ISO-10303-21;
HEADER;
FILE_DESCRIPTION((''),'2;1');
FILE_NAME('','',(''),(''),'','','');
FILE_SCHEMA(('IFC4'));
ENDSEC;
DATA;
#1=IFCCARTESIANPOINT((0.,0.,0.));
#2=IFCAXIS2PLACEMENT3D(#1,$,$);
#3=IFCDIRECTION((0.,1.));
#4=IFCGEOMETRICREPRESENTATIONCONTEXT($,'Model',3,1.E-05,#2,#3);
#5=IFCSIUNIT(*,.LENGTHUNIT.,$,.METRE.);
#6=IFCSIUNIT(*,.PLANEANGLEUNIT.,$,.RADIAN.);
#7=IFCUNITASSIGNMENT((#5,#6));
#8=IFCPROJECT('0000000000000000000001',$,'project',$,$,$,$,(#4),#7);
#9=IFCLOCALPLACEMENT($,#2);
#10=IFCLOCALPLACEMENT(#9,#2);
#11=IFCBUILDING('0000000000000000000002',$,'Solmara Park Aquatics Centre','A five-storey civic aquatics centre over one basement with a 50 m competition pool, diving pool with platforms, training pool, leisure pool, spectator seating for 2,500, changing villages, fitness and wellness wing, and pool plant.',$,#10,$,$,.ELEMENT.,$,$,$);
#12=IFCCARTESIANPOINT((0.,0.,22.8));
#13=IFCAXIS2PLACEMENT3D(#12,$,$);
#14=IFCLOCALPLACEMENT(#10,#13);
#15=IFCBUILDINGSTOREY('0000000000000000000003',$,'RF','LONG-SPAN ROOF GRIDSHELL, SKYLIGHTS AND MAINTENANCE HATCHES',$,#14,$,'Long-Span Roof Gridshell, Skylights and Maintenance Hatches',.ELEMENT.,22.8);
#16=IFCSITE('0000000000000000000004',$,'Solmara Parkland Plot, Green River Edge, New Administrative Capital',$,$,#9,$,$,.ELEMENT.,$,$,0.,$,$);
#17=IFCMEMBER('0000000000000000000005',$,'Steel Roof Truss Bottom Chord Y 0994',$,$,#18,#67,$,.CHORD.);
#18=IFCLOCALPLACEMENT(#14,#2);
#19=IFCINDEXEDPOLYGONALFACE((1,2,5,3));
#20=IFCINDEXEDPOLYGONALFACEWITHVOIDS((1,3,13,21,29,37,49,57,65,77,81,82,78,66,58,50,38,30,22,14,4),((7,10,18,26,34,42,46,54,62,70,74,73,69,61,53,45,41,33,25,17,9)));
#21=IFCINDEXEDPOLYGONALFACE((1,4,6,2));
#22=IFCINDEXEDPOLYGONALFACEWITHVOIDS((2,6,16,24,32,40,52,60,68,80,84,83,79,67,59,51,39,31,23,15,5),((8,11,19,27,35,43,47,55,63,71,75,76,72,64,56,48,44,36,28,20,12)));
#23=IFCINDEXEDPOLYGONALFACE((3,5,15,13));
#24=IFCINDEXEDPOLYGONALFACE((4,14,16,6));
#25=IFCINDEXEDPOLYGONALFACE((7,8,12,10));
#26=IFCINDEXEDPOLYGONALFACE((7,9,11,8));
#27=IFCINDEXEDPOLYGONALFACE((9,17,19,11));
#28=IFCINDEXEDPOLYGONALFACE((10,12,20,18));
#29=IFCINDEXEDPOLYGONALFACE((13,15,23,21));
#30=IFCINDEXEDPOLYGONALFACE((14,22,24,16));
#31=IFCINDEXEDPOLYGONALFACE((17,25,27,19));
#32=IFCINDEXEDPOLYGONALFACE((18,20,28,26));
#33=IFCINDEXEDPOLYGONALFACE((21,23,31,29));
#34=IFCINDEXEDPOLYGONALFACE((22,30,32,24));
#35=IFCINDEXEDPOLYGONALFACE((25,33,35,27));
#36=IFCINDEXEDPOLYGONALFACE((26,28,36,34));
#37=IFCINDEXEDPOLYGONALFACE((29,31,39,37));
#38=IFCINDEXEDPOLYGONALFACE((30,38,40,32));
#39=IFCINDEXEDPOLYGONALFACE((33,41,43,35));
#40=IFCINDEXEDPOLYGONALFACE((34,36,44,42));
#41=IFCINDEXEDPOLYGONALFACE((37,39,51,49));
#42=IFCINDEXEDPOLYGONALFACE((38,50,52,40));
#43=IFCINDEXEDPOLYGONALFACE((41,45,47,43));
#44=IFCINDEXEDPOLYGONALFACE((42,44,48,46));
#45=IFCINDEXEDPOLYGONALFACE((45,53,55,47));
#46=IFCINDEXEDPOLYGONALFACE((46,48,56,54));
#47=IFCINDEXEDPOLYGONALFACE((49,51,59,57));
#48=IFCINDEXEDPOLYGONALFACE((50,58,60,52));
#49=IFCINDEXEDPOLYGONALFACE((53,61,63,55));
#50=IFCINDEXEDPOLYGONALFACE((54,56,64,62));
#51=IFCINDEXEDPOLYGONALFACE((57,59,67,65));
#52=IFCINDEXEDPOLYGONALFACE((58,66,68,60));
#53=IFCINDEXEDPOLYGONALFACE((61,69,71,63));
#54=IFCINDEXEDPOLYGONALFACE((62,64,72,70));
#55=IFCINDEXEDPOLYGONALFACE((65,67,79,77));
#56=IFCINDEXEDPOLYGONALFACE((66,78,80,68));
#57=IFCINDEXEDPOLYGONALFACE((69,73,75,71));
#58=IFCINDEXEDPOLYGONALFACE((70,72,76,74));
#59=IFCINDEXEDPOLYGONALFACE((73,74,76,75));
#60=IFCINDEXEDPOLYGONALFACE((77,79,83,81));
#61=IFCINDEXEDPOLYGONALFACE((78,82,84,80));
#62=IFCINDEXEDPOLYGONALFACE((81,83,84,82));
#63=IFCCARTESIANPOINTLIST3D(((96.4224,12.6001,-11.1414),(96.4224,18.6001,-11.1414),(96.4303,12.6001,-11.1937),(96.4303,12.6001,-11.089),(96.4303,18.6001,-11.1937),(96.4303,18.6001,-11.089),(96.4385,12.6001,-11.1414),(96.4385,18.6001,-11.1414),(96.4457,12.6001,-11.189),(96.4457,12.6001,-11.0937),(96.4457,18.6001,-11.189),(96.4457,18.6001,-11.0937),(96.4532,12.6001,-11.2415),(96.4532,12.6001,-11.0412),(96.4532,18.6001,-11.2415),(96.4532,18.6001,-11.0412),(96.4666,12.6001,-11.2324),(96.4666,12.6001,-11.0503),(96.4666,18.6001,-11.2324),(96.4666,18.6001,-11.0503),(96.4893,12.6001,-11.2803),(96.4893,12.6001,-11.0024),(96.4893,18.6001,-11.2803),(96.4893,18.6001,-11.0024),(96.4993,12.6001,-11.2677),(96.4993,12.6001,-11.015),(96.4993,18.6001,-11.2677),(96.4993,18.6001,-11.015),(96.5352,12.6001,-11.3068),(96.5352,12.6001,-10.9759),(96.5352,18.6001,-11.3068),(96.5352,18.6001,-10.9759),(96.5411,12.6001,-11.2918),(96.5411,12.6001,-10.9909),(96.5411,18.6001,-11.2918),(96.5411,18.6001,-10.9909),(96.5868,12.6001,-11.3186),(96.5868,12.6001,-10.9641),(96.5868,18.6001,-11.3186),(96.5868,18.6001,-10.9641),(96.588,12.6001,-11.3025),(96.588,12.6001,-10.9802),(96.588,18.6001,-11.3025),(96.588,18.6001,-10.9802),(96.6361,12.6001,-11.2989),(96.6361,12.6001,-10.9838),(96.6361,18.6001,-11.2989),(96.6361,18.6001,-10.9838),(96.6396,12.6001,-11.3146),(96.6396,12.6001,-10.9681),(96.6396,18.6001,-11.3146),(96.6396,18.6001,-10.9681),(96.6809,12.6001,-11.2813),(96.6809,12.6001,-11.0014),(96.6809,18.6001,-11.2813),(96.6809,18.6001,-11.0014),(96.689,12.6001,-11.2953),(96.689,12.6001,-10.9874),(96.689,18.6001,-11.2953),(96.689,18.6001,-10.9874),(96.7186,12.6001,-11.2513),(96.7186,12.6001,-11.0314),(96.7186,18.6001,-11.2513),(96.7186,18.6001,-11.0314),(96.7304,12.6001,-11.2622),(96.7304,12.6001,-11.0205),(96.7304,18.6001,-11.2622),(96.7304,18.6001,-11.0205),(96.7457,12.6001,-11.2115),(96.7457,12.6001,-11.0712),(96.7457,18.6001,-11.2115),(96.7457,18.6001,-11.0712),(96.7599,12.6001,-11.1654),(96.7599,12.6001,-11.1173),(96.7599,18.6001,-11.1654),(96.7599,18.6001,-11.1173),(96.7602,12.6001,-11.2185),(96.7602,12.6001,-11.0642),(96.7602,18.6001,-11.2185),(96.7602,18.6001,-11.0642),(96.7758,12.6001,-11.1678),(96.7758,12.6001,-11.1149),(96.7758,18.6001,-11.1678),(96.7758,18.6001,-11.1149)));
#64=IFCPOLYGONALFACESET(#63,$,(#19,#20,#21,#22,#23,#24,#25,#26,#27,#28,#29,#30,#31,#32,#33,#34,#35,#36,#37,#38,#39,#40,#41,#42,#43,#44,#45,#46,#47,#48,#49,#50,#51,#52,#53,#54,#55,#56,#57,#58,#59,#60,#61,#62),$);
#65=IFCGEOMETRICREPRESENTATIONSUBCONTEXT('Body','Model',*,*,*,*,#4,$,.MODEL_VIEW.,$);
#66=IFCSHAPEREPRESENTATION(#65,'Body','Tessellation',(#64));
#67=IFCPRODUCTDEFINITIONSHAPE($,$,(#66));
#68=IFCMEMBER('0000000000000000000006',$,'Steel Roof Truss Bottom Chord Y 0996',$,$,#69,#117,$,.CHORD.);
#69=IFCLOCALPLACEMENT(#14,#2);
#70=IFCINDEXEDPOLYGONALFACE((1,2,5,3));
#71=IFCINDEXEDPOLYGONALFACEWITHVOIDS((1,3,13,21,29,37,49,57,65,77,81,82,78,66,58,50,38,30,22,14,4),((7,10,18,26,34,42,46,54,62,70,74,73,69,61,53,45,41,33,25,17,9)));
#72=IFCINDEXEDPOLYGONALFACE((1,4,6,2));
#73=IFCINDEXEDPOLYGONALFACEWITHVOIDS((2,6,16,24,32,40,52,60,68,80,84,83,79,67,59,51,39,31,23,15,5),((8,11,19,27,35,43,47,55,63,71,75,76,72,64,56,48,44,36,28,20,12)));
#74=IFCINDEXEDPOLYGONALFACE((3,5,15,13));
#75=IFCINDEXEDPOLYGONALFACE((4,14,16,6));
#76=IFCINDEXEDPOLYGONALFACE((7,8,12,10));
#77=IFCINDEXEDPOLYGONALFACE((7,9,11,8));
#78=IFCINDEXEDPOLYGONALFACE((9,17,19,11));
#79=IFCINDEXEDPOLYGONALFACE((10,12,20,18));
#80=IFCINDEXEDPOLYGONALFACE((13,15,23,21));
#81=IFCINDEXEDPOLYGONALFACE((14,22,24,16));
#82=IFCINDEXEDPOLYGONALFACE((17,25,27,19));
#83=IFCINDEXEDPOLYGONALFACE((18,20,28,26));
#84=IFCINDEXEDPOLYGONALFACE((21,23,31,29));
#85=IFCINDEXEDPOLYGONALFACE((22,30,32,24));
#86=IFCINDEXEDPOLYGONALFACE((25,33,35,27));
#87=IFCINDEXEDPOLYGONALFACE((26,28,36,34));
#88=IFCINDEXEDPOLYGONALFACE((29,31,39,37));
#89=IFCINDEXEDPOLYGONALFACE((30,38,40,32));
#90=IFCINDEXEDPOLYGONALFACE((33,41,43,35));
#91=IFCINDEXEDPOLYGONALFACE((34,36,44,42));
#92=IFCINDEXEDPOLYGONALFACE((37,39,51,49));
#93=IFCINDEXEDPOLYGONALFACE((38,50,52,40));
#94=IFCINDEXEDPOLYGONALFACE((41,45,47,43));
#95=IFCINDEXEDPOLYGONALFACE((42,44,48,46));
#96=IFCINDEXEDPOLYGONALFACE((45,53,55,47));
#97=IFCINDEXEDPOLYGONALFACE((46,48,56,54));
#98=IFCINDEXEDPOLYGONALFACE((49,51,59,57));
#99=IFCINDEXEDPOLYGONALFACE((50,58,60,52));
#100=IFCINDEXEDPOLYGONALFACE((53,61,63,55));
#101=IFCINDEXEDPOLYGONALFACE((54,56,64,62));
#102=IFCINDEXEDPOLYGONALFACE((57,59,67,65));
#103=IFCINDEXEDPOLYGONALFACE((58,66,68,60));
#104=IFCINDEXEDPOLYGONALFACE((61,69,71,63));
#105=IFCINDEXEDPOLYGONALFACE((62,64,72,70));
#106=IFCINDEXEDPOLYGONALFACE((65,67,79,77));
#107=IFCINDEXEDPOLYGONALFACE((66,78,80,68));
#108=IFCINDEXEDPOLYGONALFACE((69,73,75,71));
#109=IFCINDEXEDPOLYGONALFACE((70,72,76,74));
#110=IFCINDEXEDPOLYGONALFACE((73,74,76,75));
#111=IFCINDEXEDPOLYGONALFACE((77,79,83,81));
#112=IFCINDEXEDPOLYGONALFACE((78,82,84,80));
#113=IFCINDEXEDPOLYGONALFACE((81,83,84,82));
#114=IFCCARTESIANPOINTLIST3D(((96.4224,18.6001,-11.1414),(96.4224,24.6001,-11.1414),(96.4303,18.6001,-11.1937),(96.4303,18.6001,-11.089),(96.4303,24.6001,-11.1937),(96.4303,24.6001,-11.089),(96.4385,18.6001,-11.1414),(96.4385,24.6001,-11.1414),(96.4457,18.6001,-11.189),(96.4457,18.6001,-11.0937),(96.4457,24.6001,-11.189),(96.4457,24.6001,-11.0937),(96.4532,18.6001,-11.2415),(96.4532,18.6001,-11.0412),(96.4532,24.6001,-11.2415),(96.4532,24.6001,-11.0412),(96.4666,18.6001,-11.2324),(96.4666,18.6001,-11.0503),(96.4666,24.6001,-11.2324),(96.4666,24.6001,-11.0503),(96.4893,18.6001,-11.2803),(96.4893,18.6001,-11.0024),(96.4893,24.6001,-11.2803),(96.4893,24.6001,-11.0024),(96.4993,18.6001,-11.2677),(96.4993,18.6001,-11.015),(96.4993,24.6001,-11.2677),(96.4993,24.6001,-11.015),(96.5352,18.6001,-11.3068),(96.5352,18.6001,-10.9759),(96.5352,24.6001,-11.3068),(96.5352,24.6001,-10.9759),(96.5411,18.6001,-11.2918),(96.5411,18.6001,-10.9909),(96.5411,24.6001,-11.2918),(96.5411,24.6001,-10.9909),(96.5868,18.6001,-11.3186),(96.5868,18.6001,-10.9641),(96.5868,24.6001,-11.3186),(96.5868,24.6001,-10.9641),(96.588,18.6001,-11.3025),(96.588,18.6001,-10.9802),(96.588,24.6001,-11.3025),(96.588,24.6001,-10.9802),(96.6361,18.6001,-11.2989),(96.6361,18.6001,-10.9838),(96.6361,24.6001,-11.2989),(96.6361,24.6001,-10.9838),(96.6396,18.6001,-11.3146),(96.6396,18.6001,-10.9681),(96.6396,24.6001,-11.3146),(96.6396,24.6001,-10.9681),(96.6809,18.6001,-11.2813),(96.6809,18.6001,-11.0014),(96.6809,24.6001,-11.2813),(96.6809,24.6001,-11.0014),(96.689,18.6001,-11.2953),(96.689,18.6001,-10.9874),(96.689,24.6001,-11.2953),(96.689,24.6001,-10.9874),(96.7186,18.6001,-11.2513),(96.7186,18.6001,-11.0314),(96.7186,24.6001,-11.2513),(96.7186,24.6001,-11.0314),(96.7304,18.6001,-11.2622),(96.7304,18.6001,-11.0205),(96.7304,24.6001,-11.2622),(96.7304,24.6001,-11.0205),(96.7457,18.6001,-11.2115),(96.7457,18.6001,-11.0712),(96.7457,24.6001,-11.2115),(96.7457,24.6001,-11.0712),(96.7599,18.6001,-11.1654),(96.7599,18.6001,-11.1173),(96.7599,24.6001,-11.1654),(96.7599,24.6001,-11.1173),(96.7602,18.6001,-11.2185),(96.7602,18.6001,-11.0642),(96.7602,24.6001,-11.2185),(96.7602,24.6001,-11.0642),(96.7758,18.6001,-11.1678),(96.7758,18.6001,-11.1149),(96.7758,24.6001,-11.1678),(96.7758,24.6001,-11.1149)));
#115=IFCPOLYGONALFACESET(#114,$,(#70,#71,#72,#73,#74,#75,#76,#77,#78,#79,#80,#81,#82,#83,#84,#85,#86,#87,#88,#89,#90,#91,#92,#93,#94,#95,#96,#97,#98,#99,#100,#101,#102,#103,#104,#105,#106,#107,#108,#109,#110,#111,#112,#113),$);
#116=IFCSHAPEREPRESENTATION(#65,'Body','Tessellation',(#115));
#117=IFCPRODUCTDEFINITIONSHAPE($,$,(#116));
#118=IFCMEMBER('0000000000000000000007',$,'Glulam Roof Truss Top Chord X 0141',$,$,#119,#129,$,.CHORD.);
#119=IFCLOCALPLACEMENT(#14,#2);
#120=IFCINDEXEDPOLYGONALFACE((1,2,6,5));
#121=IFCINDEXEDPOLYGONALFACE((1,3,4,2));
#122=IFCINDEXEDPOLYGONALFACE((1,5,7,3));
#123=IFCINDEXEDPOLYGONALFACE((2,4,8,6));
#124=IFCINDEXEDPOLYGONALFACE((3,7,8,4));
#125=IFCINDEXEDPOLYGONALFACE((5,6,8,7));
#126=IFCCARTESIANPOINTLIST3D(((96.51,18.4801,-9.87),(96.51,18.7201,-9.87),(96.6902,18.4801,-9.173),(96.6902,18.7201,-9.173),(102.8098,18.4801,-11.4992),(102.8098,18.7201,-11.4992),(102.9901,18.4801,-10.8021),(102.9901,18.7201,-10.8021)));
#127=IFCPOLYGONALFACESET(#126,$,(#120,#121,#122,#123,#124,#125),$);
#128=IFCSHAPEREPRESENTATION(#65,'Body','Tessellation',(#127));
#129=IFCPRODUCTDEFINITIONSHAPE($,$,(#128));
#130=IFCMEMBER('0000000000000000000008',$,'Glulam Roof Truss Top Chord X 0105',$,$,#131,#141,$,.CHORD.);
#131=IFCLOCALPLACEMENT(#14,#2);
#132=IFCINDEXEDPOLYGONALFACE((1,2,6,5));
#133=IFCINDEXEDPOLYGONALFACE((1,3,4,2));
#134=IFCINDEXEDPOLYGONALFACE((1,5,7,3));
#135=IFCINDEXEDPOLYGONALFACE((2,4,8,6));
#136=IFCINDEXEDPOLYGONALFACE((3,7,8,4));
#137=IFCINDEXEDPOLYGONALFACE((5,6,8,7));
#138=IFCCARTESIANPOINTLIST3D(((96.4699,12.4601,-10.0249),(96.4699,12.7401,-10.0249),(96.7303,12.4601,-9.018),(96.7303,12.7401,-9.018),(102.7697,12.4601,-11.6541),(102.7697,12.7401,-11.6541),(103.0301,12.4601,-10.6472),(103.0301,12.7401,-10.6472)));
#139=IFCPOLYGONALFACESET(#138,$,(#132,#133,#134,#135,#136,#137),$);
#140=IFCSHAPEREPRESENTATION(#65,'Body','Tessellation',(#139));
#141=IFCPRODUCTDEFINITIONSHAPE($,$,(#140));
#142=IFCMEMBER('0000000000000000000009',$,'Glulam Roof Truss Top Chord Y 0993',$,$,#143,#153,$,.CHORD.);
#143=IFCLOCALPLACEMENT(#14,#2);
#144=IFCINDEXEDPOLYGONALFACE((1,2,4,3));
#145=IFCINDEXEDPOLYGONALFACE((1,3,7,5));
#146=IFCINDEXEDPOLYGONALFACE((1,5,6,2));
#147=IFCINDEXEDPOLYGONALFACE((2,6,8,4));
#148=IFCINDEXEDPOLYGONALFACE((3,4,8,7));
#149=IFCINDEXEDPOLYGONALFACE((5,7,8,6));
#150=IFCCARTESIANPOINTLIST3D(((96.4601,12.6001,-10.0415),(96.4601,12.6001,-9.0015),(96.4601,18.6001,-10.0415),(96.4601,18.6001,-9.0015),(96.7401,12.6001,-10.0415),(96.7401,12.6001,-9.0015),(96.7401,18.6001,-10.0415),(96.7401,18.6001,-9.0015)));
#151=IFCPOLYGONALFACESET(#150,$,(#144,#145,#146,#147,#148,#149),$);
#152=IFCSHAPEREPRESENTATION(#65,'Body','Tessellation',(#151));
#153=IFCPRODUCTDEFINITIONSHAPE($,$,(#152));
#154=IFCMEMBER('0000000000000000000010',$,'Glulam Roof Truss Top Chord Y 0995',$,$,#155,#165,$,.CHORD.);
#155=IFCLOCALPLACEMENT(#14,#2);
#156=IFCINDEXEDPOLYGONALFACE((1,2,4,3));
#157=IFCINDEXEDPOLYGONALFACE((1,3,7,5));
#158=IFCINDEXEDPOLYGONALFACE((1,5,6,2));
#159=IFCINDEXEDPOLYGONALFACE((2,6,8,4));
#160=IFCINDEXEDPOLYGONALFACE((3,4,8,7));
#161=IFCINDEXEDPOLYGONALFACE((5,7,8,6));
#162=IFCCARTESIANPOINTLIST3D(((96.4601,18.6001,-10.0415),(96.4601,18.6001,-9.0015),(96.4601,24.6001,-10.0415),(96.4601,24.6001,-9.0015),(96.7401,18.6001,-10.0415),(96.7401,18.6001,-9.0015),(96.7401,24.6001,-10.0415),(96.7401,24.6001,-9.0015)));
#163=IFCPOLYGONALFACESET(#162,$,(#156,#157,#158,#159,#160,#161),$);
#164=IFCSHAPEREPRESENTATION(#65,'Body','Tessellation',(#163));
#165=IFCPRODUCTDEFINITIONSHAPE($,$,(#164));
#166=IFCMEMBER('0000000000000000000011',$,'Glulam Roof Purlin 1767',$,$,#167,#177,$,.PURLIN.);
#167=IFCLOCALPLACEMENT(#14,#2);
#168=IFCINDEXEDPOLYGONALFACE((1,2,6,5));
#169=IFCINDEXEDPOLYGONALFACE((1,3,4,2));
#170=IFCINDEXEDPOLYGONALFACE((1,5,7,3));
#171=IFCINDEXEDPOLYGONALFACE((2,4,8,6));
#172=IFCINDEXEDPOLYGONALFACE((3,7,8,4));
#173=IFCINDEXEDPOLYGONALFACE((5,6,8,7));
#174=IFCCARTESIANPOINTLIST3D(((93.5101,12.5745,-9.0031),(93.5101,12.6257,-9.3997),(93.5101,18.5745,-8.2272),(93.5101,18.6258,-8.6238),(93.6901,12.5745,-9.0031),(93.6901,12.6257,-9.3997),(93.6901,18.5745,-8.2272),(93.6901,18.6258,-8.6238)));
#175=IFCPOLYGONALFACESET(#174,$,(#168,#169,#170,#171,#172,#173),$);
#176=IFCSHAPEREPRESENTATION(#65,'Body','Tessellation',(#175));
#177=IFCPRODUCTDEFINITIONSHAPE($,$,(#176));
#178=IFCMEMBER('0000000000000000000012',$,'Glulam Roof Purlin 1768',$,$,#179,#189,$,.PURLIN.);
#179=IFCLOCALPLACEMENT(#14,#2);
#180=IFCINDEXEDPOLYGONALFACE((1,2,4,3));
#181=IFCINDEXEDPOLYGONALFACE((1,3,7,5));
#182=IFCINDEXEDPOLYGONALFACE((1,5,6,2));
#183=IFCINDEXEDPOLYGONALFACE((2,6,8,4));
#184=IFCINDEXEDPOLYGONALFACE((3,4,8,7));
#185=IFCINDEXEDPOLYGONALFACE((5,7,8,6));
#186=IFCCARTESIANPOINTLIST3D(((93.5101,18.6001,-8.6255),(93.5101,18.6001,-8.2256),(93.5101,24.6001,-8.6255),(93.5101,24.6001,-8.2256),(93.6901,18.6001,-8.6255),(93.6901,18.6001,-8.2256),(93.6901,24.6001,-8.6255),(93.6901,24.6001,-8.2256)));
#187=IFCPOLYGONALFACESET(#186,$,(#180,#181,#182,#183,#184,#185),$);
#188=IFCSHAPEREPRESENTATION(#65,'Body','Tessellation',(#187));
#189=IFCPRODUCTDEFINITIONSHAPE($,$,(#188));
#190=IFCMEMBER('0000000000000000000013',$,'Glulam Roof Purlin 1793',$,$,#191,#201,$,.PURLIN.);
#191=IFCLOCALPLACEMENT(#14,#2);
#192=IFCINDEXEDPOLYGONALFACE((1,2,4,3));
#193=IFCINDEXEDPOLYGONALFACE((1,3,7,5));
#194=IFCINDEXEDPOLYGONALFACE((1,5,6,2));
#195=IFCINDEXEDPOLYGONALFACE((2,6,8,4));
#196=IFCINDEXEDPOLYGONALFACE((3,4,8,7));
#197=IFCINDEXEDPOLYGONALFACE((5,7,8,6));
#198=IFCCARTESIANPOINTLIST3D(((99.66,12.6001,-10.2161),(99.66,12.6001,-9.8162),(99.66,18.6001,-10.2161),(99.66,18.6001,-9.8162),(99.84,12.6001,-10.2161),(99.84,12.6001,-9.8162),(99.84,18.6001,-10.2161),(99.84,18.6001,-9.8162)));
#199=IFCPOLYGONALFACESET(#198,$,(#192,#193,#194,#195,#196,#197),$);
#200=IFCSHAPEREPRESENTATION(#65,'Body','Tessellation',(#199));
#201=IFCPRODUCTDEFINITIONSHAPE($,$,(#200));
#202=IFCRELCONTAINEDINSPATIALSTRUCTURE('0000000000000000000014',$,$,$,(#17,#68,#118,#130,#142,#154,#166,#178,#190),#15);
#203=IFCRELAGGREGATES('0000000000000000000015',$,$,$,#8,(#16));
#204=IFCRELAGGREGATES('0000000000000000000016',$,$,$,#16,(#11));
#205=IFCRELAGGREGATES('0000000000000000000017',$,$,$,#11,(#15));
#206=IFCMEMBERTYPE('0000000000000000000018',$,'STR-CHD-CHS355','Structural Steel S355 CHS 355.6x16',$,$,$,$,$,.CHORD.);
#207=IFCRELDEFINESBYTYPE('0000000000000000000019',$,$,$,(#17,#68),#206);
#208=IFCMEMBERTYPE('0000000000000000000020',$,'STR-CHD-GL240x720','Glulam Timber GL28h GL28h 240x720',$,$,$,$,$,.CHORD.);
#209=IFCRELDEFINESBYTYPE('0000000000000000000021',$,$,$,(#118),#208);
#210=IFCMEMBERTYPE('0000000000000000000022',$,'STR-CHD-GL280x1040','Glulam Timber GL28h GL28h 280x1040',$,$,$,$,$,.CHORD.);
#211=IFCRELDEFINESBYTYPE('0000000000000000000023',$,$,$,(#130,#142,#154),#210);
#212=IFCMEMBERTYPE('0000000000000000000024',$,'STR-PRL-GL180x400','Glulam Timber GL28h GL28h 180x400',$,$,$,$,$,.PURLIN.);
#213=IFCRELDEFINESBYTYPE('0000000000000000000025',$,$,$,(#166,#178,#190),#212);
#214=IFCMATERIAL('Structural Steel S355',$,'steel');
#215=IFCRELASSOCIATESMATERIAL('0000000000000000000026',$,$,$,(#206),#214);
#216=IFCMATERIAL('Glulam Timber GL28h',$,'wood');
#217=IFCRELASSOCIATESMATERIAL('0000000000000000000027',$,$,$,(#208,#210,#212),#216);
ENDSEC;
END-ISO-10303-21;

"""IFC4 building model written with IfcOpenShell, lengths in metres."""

from ifc_helpers import new_model, si_unit, direction, frame, origin, origin_2d, place, context, subcontext, project, spatial, rectangle, hollow_circle, extrude, material, material_profile, profile_set, type_object, element, save


model = new_model("IFC4")

# Units and contexts
model_context = context("Model", 3, precision=1e-05, world=origin(), true_north=direction((0.0, 1.0)))
body_context = subcontext(model_context, "Body", "Model", "MODEL_VIEW")
ifc_project = project(units=[si_unit("LENGTHUNIT", "METRE"), si_unit("PLANEANGLEUNIT", "RADIAN")], contexts=[model_context])

# Site, building, storey
site_placement = place(None, origin())
site = spatial("IfcSite", under=ifc_project, at=site_placement, Name="Solmara Parkland Plot, Green River Edge, New Administrative Capital", CompositionType="ELEMENT", RefElevation=0.0)
building_placement = place(site_placement, origin())
building = spatial("IfcBuilding", under=site, at=building_placement, Name="Solmara Park Aquatics Centre", Description="A five-storey civic aquatics centre over one basement with a 50 m competition pool, diving pool with platforms, training pool, leisure pool, spectator seating for 2,500, changing villages, fitness and wellness wing, and pool plant.", CompositionType="ELEMENT")
storey_placement = place(building_placement, frame((0.0, 0.0, 22.8)))
storey = spatial("IfcBuildingStorey", under=building, at=storey_placement, Name="RF", Description="LONG-SPAN ROOF GRIDSHELL, SKYLIGHTS AND MAINTENANCE HATCHES", LongName="Long-Span Roof Gridshell, Skylights and Maintenance Hatches", CompositionType="ELEMENT", Elevation=22.8)

# Members
ifc_material_1 = material(Name="Structural Steel S355", Category="steel")
ifc_material_profile_1 = material_profile(ifc_material_1, hollow_circle(Radius=0.1777, WallThickness=0.0161, at=origin_2d()), Name="CHS 355.6x16")
ifc_profile_set_1 = profile_set([ifc_material_profile_1], Name="Structural Steel S355")
member_type_1 = type_object("IfcMemberType", Name="STR-CHD-CHS355", Description="Structural Steel S355 CHS 355.6x16", PredefinedType="CHORD", material=ifc_profile_set_1)
for number, where, z_axis, x_axis, name in (
    (1, (96.6001, 12.6001, -11.1414), (0.0, 1.0, 0.0), (-1.0, 0.0, 0.0), "Steel Roof Truss Bottom Chord Y 0994"),
    (2, (96.6001, 18.6001, -11.1414), (0.0, 1.0, 0.0), (-1.0, 0.0, 0.0), "Steel Roof Truss Bottom Chord Y 0996"),
):
    element("IfcMember", number, at=place(storey_placement, frame(where, z_axis=z_axis, x_axis=x_axis)), inside=storey, type_object=member_type_1, Name=name, PredefinedType="CHORD", context=body_context, shape_type="SweptSolid", body=[
        extrude(hollow_circle(Radius=0.1777, WallThickness=0.0161, at=origin_2d()), origin(), (0.0, 0.0, 1.0), 6.0),
    ])
ifc_material_2 = material(Name="Glulam Timber GL28h", Category="wood")
ifc_material_profile_2 = material_profile(ifc_material_2, rectangle(XDim=0.24, YDim=0.72, at=origin_2d()), Name="GL28h 240x720")
ifc_profile_set_2 = profile_set([ifc_material_profile_2], Name="Glulam Timber GL28h")
member_type_2 = type_object("IfcMemberType", Name="STR-CHD-GL240x720", Description="Glulam Timber GL28h GL28h 240x720", PredefinedType="CHORD", material=ifc_profile_set_2)
member_1_placement = place(storey_placement, frame((96.6001, 18.6001, -9.5215), z_axis=(0.968151, 0.0, -0.250367), x_axis=(0.0, 1.0, 0.0)))
element("IfcMember", 3, at=member_1_placement, inside=storey, type_object=member_type_2, Name="Glulam Roof Truss Top Chord X 0141", PredefinedType="CHORD", context=body_context, shape_type="SweptSolid", body=[
    extrude(rectangle(XDim=0.24, YDim=0.72, at=origin_2d()), origin(), (0.0, 0.0, 1.0), 6.5071),
])
ifc_material_profile_3 = material_profile(ifc_material_2, rectangle(XDim=0.28, YDim=1.04, at=origin_2d()), Name="GL28h 280x1040")
ifc_profile_set_3 = profile_set([ifc_material_profile_3], Name="Glulam Timber GL28h")
member_type_3 = type_object("IfcMemberType", Name="STR-CHD-GL280x1040", Description="Glulam Timber GL28h GL28h 280x1040", PredefinedType="CHORD", material=ifc_profile_set_3)
member_2_placement = place(storey_placement, frame((96.6001, 12.6001, -9.5215), z_axis=(0.968151, 0.0, -0.250367), x_axis=(0.0, 1.0, 0.0)))
element("IfcMember", 4, at=member_2_placement, inside=storey, type_object=member_type_3, Name="Glulam Roof Truss Top Chord X 0105", PredefinedType="CHORD", context=body_context, shape_type="SweptSolid", body=[
    extrude(rectangle(XDim=0.28, YDim=1.04, at=origin_2d()), origin(), (0.0, 0.0, 1.0), 6.5071),
])
for number, where, z_axis, x_axis, name in (
    (5, (96.6001, 12.6001, -9.5215), (0.0, 1.0, 0.0), (-1.0, 0.0, 0.0), "Glulam Roof Truss Top Chord Y 0993"),
    (6, (96.6001, 18.6001, -9.5215), (0.0, 1.0, 0.0), (-1.0, 0.0, 0.0), "Glulam Roof Truss Top Chord Y 0995"),
):
    element("IfcMember", number, at=place(storey_placement, frame(where, z_axis=z_axis, x_axis=x_axis)), inside=storey, type_object=member_type_3, Name=name, PredefinedType="CHORD", context=body_context, shape_type="SweptSolid", body=[
        extrude(rectangle(XDim=0.28, YDim=1.04, at=origin_2d()), origin(), (0.0, 0.0, 1.0), 6.0),
    ])
ifc_material_profile_4 = material_profile(ifc_material_2, rectangle(XDim=0.1799, YDim=0.3999, at=origin_2d()), Name="GL28h 180x400")
ifc_profile_set_4 = profile_set([ifc_material_profile_4], Name="Glulam Timber GL28h")
member_type_4 = type_object("IfcMemberType", Name="STR-PRL-GL180x400", Description="Glulam Timber GL28h GL28h 180x400", PredefinedType="PURLIN", material=ifc_profile_set_4)
member_3_placement = place(storey_placement, frame((93.6001, 12.6001, -9.2014), z_axis=(0.0, 0.991742, 0.128245), x_axis=(-1.0, 0.0, 0.0)))
element("IfcMember", 7, at=member_3_placement, inside=storey, type_object=member_type_4, Name="Glulam Roof Purlin 1767", PredefinedType="PURLIN", context=body_context, shape_type="SweptSolid", body=[
    extrude(rectangle(XDim=0.1799, YDim=0.3999, at=origin_2d()), origin(), (0.0, 0.0, 1.0), 6.05),
])
for number, where, z_axis, x_axis, name in (
    (8, (93.6001, 18.6001, -8.4255), (0.0, 1.0, 0.0), (-1.0, 0.0, 0.0), "Glulam Roof Purlin 1768"),
    (9, (99.75, 12.6001, -10.0161), (0.0, 1.0, 0.0), (-1.0, 0.0, 0.0), "Glulam Roof Purlin 1793"),
):
    element("IfcMember", number, at=place(storey_placement, frame(where, z_axis=z_axis, x_axis=x_axis)), inside=storey, type_object=member_type_4, Name=name, PredefinedType="PURLIN", context=body_context, shape_type="SweptSolid", body=[
        extrude(rectangle(XDim=0.1799, YDim=0.3999, at=origin_2d()), origin(), (0.0, 0.0, 1.0), 6.0),
    ])

save(model, "model.ifc")
